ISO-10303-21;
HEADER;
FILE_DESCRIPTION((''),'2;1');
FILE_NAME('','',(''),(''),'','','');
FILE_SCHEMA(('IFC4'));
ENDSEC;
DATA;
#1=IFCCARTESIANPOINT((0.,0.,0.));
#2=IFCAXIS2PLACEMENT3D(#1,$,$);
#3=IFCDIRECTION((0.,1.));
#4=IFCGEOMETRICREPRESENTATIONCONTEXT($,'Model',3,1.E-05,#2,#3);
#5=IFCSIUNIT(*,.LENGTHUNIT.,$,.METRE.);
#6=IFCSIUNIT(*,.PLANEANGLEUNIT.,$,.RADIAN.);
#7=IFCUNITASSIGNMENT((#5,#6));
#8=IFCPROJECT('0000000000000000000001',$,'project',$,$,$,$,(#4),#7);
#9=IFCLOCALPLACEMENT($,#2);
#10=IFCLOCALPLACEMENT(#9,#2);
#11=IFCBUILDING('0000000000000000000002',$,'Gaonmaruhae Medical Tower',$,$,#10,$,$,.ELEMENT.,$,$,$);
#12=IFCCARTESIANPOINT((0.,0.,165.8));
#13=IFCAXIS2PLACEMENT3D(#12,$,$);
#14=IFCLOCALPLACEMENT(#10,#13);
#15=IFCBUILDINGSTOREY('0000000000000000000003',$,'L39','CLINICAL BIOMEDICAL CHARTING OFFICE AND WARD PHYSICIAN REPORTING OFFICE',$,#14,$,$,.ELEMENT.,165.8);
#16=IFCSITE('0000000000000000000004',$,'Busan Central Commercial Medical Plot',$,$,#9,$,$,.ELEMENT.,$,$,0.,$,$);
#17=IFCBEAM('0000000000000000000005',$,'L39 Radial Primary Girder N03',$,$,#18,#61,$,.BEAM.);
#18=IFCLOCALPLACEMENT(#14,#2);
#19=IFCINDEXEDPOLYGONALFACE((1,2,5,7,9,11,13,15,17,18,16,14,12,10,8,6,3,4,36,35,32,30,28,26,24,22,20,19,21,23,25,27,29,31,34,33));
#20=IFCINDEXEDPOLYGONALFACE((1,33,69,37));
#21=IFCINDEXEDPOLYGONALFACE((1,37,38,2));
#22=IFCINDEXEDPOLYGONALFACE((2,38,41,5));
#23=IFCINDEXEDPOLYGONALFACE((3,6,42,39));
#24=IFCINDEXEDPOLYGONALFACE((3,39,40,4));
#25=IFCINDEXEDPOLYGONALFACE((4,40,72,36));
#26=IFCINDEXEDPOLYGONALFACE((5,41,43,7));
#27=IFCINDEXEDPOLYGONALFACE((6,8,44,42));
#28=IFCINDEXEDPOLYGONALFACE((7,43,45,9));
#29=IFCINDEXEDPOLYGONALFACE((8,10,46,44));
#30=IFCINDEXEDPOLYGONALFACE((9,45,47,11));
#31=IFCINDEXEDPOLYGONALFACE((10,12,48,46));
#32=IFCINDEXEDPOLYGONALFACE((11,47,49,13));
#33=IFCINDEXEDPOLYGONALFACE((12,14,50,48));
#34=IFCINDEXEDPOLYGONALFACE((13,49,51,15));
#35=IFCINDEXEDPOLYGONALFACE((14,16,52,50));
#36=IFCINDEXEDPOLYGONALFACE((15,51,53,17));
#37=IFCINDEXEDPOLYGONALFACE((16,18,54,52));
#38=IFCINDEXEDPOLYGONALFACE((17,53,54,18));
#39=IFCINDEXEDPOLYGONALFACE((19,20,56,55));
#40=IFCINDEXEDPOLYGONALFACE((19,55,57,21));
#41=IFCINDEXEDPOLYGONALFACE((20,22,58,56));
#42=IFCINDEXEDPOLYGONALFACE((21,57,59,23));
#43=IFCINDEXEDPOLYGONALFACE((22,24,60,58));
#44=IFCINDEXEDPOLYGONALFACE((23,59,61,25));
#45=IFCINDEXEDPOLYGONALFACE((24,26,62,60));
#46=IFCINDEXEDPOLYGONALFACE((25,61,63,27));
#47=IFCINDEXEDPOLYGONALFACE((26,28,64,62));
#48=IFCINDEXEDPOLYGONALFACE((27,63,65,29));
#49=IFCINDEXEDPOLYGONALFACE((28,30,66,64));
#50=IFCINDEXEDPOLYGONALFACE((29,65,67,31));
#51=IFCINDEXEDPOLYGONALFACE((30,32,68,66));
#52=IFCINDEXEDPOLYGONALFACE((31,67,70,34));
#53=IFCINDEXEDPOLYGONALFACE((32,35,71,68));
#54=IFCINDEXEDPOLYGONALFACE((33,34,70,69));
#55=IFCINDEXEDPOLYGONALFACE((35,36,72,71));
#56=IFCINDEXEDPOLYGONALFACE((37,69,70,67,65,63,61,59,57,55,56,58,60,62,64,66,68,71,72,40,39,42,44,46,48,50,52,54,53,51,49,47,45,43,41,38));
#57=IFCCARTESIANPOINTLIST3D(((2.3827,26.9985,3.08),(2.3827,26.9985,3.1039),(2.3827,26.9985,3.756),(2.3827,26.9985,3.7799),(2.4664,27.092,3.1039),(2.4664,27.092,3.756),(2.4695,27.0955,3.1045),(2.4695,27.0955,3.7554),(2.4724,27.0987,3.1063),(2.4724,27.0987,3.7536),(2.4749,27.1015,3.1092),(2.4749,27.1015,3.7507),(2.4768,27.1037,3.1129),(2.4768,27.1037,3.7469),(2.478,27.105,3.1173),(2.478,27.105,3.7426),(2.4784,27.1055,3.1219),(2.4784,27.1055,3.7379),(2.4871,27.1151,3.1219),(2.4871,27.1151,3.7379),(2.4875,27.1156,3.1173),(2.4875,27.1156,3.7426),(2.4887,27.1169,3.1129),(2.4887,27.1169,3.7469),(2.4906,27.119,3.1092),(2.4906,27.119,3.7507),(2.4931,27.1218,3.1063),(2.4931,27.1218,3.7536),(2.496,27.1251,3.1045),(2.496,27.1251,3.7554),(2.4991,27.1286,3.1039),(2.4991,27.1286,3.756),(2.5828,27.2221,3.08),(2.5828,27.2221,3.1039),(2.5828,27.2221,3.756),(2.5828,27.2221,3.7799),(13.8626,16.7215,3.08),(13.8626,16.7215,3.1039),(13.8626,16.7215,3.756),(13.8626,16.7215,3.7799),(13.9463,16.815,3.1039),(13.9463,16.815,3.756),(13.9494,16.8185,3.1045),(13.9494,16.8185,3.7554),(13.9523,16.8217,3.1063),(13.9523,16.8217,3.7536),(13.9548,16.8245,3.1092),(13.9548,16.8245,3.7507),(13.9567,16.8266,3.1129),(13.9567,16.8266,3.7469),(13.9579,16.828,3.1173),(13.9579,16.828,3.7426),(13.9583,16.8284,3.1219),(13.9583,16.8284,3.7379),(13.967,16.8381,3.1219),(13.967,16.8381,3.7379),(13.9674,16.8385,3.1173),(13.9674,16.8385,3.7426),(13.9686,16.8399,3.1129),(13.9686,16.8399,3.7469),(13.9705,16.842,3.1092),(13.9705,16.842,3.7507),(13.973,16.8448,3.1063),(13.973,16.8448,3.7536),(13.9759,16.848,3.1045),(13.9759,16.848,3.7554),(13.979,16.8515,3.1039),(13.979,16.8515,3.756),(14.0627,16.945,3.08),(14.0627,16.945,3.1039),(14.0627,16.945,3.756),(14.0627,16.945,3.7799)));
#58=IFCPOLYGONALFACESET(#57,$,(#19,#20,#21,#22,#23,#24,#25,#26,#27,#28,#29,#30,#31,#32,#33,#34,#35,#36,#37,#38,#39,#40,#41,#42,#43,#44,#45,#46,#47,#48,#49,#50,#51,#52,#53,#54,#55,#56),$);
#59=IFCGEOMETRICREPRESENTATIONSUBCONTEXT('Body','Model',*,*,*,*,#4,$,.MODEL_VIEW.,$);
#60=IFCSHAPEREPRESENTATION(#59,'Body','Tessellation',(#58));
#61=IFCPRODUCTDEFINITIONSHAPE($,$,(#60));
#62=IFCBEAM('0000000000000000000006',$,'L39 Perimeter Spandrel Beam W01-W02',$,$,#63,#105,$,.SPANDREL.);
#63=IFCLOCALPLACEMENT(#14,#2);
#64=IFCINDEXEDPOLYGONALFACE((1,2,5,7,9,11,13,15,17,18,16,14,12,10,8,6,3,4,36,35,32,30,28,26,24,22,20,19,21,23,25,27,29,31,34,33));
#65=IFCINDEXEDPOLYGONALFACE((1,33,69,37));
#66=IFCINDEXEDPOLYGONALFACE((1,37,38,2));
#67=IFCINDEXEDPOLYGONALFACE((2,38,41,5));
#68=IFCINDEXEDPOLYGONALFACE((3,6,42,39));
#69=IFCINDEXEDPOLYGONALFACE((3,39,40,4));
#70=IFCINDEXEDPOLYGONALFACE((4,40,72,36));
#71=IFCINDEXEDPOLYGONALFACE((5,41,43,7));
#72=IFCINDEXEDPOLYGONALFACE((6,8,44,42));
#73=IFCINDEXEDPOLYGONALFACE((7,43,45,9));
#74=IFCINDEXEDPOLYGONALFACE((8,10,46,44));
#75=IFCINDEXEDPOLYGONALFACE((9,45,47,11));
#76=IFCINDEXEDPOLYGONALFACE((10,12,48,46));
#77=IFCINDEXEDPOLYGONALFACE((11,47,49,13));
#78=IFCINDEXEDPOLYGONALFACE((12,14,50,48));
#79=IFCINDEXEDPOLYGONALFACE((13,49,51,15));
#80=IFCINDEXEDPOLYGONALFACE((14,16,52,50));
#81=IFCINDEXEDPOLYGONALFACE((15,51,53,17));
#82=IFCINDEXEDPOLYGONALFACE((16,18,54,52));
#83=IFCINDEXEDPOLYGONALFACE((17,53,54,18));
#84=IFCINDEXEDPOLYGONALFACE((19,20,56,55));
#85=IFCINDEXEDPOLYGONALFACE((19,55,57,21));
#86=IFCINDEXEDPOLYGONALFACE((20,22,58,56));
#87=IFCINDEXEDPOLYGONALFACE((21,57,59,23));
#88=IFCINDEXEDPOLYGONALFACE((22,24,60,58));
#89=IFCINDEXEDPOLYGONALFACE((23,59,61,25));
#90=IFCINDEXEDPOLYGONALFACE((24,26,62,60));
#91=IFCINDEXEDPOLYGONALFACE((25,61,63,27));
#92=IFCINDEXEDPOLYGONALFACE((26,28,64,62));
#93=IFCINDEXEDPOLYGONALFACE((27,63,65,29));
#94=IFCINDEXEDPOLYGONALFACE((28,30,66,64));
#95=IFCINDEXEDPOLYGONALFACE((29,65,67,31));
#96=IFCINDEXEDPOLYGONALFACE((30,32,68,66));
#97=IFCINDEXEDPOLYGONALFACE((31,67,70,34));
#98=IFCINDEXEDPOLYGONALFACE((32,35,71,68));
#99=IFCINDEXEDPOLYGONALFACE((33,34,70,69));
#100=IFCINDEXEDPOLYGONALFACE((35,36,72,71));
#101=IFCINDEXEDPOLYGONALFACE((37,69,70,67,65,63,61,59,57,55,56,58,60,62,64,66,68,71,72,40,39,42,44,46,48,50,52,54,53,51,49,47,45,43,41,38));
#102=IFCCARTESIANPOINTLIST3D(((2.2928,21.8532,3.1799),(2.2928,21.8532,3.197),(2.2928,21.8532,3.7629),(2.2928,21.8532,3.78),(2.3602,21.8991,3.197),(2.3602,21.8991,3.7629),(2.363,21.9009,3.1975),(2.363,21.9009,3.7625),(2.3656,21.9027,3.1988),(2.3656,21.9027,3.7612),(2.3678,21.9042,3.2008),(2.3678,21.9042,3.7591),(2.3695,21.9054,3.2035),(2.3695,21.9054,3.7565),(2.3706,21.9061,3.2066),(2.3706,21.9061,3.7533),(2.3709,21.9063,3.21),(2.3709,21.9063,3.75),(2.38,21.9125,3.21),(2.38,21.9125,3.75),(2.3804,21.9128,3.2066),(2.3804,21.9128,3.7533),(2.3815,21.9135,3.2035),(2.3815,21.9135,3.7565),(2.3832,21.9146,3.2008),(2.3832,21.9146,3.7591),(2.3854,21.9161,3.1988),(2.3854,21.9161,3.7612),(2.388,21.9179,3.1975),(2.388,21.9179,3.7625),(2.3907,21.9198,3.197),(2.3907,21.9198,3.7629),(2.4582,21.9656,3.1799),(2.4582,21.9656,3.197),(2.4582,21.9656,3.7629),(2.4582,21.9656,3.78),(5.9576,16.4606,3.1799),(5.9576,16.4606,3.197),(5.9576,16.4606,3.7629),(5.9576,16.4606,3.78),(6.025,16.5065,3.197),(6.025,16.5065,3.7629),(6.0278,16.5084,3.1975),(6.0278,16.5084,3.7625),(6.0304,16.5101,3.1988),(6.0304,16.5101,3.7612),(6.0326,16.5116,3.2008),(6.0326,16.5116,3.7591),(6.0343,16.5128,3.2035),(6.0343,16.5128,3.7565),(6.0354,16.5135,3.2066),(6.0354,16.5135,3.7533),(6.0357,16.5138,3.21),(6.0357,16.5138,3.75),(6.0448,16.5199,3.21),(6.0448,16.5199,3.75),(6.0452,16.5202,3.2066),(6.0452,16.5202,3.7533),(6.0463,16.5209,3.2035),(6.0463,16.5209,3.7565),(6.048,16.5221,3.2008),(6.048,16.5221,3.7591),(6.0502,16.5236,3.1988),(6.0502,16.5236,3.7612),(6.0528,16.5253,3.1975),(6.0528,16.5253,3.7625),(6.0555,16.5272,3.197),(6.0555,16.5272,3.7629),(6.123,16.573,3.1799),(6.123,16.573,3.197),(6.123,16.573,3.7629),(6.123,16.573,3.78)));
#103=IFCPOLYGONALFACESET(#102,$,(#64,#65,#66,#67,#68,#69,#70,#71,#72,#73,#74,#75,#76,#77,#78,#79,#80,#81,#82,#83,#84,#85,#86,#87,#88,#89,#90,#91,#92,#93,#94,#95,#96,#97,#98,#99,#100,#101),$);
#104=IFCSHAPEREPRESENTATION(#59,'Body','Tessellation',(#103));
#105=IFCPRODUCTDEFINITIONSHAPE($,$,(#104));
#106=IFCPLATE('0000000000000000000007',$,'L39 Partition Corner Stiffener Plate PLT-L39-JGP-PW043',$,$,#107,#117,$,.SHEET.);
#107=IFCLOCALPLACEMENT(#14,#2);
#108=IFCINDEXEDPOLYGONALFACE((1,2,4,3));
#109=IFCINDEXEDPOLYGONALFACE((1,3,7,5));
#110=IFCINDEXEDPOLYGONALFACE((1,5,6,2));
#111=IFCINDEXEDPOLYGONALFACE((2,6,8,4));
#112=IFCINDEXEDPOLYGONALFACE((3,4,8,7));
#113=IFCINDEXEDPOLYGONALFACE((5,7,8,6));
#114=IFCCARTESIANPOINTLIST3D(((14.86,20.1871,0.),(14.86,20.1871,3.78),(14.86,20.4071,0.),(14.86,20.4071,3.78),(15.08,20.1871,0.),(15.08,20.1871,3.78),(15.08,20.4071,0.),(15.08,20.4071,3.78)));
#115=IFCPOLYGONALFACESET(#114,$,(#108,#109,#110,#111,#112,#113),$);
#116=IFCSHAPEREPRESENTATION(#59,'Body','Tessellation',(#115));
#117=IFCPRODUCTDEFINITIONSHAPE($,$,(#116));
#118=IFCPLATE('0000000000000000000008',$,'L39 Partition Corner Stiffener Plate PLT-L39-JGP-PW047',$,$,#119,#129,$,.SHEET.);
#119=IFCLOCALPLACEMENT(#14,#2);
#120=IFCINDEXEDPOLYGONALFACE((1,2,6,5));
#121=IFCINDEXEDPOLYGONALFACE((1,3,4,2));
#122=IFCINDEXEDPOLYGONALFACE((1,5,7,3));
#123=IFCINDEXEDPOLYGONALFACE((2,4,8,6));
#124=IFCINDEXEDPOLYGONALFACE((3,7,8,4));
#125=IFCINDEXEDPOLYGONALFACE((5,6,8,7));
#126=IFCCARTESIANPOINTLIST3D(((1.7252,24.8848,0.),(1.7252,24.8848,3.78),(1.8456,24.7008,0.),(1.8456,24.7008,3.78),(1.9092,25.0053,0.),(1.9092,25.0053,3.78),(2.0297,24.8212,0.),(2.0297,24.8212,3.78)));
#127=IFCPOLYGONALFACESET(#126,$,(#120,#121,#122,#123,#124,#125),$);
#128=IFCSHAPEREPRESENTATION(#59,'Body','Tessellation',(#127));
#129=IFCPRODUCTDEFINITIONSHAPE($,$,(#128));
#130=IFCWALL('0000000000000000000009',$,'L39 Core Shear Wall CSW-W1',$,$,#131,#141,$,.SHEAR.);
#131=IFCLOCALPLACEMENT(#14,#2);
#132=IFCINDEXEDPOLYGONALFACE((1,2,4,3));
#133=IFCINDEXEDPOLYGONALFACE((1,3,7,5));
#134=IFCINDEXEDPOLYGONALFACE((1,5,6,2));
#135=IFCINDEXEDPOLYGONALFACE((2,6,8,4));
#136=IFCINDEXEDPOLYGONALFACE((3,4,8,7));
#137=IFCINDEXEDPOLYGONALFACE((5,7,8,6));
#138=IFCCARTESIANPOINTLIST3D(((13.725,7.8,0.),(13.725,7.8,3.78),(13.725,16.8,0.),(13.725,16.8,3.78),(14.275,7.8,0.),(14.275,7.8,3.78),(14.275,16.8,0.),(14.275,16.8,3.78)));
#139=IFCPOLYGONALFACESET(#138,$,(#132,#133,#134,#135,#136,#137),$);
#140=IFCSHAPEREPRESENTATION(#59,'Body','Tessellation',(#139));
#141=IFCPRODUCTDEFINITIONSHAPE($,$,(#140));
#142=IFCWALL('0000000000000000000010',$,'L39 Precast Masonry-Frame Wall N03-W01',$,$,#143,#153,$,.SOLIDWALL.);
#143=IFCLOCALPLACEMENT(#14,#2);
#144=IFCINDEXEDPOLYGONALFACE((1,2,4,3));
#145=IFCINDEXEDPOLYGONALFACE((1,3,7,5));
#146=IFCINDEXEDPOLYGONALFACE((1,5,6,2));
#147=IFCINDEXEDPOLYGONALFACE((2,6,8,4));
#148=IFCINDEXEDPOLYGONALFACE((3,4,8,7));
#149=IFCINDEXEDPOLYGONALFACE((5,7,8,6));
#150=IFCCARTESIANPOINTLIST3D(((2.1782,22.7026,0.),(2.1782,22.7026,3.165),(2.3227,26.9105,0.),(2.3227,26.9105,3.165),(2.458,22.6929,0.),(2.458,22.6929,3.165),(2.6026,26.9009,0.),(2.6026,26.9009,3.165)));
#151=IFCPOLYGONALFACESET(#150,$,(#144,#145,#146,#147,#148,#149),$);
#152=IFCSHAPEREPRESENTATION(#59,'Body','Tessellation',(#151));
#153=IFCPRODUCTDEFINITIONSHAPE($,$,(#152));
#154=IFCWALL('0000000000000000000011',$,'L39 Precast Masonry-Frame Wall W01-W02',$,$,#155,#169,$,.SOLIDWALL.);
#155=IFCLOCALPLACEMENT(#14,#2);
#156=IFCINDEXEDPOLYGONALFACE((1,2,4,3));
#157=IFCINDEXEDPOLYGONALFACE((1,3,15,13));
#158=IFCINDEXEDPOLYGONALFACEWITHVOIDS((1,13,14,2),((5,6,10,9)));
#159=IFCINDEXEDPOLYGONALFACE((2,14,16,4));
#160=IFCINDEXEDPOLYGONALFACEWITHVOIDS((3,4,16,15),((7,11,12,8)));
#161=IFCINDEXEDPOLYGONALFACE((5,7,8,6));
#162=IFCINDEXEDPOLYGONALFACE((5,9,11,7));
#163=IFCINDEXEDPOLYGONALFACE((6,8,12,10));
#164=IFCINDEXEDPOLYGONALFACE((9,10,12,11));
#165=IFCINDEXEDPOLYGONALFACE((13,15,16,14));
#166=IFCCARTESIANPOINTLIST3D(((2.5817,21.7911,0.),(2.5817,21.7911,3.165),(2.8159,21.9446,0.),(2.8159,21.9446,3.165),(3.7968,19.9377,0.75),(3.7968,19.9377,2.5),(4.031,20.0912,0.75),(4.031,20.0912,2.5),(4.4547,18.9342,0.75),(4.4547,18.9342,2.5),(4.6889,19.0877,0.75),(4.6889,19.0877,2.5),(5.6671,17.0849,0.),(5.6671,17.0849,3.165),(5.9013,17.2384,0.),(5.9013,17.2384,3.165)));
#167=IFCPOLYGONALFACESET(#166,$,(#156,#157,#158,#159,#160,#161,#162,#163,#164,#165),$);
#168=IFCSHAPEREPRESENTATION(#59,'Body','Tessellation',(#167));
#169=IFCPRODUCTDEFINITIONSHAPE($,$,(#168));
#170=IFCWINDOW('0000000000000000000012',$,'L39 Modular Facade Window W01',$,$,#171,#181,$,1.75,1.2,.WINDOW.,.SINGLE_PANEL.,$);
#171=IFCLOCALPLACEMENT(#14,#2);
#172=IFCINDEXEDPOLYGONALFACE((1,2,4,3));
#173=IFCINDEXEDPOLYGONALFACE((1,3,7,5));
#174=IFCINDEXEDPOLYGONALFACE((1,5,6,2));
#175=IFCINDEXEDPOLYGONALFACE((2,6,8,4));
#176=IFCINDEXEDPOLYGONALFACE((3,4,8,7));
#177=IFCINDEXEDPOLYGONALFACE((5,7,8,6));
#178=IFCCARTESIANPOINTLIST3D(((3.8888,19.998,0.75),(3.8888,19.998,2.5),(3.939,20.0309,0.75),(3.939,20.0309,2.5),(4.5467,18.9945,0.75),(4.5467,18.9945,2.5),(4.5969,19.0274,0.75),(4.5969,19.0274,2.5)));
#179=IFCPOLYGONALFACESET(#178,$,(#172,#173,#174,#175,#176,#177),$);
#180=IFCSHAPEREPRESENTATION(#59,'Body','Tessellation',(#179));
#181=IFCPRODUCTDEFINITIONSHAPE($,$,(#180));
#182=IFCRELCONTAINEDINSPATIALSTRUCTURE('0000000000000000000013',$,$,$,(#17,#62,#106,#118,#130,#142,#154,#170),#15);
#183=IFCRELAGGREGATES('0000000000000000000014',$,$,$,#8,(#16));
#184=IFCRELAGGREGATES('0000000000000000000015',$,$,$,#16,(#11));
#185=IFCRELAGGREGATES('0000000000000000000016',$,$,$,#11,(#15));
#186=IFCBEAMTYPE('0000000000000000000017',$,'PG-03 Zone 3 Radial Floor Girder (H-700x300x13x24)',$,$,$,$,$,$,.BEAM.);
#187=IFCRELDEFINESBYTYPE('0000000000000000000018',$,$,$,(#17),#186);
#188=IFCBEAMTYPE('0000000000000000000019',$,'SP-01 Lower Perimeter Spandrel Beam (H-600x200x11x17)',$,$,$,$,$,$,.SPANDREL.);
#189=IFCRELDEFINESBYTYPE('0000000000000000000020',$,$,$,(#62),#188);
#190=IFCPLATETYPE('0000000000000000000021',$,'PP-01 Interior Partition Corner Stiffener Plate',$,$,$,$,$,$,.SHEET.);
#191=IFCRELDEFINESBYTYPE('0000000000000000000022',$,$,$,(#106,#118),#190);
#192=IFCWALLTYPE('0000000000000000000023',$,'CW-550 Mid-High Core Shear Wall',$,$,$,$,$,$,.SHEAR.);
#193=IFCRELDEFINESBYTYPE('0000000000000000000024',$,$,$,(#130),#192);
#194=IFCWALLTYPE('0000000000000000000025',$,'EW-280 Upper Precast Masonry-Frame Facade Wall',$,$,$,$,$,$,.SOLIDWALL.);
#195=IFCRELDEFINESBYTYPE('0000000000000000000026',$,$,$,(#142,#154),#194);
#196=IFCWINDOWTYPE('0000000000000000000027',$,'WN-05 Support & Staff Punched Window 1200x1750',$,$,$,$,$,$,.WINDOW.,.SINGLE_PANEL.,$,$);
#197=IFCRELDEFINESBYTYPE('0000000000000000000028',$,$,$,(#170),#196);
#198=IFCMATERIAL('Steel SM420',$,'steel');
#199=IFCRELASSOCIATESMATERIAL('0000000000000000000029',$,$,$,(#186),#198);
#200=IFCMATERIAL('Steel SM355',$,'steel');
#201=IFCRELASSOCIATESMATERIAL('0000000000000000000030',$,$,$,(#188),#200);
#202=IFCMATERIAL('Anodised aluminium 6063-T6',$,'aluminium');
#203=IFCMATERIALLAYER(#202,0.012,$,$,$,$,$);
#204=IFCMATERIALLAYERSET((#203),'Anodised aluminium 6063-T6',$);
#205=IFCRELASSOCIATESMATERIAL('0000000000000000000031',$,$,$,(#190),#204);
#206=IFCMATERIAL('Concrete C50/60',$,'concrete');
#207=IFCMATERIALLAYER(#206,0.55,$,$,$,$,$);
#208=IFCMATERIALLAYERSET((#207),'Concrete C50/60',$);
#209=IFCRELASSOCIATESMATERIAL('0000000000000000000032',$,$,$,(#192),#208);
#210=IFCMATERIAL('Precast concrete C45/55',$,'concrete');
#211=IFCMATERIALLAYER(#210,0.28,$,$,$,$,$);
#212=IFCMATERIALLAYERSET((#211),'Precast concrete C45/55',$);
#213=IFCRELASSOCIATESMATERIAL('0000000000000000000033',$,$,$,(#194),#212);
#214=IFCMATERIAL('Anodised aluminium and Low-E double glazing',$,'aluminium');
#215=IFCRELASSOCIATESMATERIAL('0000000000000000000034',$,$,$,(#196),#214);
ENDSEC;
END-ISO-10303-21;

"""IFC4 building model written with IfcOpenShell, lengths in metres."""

from ifc_helpers import new_model, si_unit, direction, frame, frame_2d, origin, origin_2d, place, context, subcontext, project, spatial, rectangle, i_section, extrude, material, layer, layer_set, material_profile, profile_set, type_object, element, fill, save


model = new_model("IFC4")

# Units and contexts
model_context = context("Model", 3, precision=1e-05, world=origin(), true_north=direction((0.0, 1.0)))
body_context = subcontext(model_context, "Body", "Model", "MODEL_VIEW")
ifc_project = project(units=[si_unit("LENGTHUNIT", "METRE"), si_unit("PLANEANGLEUNIT", "RADIAN")], contexts=[model_context])

# Site, building, storey
site_placement = place(None, origin())
site = spatial("IfcSite", under=ifc_project, at=site_placement, Name="Busan Central Commercial Medical Plot", CompositionType="ELEMENT", RefElevation=0.0)
building_placement = place(site_placement, origin())
building = spatial("IfcBuilding", under=site, at=building_placement, Name="Gaonmaruhae Medical Tower", CompositionType="ELEMENT")
storey_placement = place(building_placement, frame((0.0, 0.0, 165.8)))
storey = spatial("IfcBuildingStorey", under=building, at=storey_placement, Name="L39", Description="CLINICAL BIOMEDICAL CHARTING OFFICE AND WARD PHYSICIAN REPORTING OFFICE", CompositionType="ELEMENT", Elevation=165.8)

# Beams
ifc_material_1 = material(Name="Steel SM355", Category="steel")
ifc_material_2 = material(Name="Steel SM420", Category="steel")
ifc_material_profile_1 = material_profile(ifc_material_2, i_section(OverallWidth=0.3, OverallDepth=0.7, WebThickness=0.0129, FlangeThickness=0.0239, FilletRadius=0.0181, at=origin_2d()), Name="H-700x300x13x24")
ifc_profile_set_1 = profile_set([ifc_material_profile_1], Name="Steel SM420")
beam_type_1 = type_object("IfcBeamType", Name="PG-03 Zone 3 Radial Floor Girder (H-700x300x13x24)", PredefinedType="BEAM", material=ifc_profile_set_1)
beam_1_placement = place(storey_placement, frame((13.9626, 16.8333, 3.4299), z_axis=(-0.745063, 0.666994, 0.0), x_axis=(-0.666994, -0.745063, 0.0)))
element("IfcBeam", 1, at=beam_1_placement, inside=storey, type_object=beam_type_1, Name="L39 Radial Primary Girder N03", PredefinedType="BEAM", context=body_context, shape_type="SweptSolid", body=[
    extrude(i_section(OverallWidth=0.3, OverallDepth=0.7, WebThickness=0.0129, FlangeThickness=0.0239, FilletRadius=0.0181, at=origin_2d()), origin(), (0.0, 0.0, 1.0), 15.408),
])
ifc_material_profile_2 = material_profile(ifc_material_1, i_section(OverallWidth=0.2, OverallDepth=0.6001, WebThickness=0.011, FlangeThickness=0.0171, FilletRadius=0.0129, at=origin_2d()), Name="H-600x200x11x17")
ifc_profile_set_2 = profile_set([ifc_material_profile_2], Name="Steel SM355")
beam_type_2 = type_object("IfcBeamType", Name="SP-01 Lower Perimeter Spandrel Beam (H-600x200x11x17)", PredefinedType="SPANDREL", material=ifc_profile_set_2)
beam_2_placement = place(storey_placement, frame((2.3755, 21.9094, 3.48), z_axis=(0.562084, -0.82708, 0.0), x_axis=(0.82708, 0.562084, 0.0)))
element("IfcBeam", 2, at=beam_2_placement, inside=storey, type_object=beam_type_2, Name="L39 Perimeter Spandrel Beam W01-W02", PredefinedType="SPANDREL", context=body_context, shape_type="SweptSolid", body=[
    extrude(i_section(OverallWidth=0.2, OverallDepth=0.6001, WebThickness=0.011, FlangeThickness=0.0171, FilletRadius=0.0129, at=origin_2d()), origin(), (0.0, 0.0, 1.0), 6.52),
])

# Plates
ifc_material_3 = material(Name="Anodised aluminium 6063-T6", Category="aluminium")
ifc_layer_1 = layer(ifc_material_3, 0.012)
ifc_layer_set_1 = layer_set([ifc_layer_1], Name="Anodised aluminium 6063-T6")
plate_type = type_object("IfcPlateType", Name="PP-01 Interior Partition Corner Stiffener Plate", PredefinedType="SHEET", material=ifc_layer_set_1)
for number, where, z_axis, x_axis, name in (
    (3, (14.97, 20.2971, 0.0), (0.0, 0.0, 1.0), (0.0, -1.0, 0.0), "L39 Partition Corner Stiffener Plate PLT-L39-JGP-PW043"),
    (4, (1.8774, 24.853, 0.0), (0.0, 0.0, 1.0), (-0.547563, 0.836764, 0.0), "L39 Partition Corner Stiffener Plate PLT-L39-JGP-PW047"),
):
    element("IfcPlate", number, at=place(storey_placement, frame(where, z_axis=z_axis, x_axis=x_axis)), inside=storey, type_object=plate_type, Name=name, PredefinedType="SHEET", context=body_context, shape_type="SweptSolid", body=[
        extrude(rectangle(XDim=0.22, YDim=0.22, at=origin_2d()), origin(), (0.0, 0.0, 1.0), 3.78),
    ])

# Walls
ifc_material_4 = material(Name="Concrete C50/60", Category="concrete")
ifc_layer_2 = layer(ifc_material_4, 0.55)
ifc_layer_set_2 = layer_set([ifc_layer_2], Name="Concrete C50/60")
wall_type_1 = type_object("IfcWallType", Name="CW-550 Mid-High Core Shear Wall", PredefinedType="SHEAR", material=ifc_layer_set_2)
wall_1_placement = place(storey_placement, frame((14.0, 16.8, 0.0), z_axis=(0.0, 0.0, 1.0), x_axis=(0.0, -1.0, 0.0)))
element("IfcWall", 5, at=wall_1_placement, inside=storey, type_object=wall_type_1, Name="L39 Core Shear Wall CSW-W1", PredefinedType="SHEAR", context=body_context, shape_type="SweptSolid", body=[
    extrude(rectangle(XDim=9.0, YDim=0.55, at=frame_2d((4.5, 0.0))), origin(), (0.0, 0.0, 1.0), 3.78),
])
ifc_material_5 = material(Name="Precast concrete C45/55", Category="concrete")
ifc_layer_3 = layer(ifc_material_5, 0.28)
ifc_layer_set_3 = layer_set([ifc_layer_3], Name="Precast concrete C45/55")
wall_type_2 = type_object("IfcWallType", Name="EW-280 Upper Precast Masonry-Frame Facade Wall", PredefinedType="SOLIDWALL", material=ifc_layer_set_3)
wall_2_placement = place(storey_placement, frame((2.3181, 22.6978, 0.0), z_axis=(0.0, 0.0, 1.0), x_axis=(0.034326, 0.999411, 0.0)))
element("IfcWall", 6, at=wall_2_placement, inside=storey, type_object=wall_type_2, Name="L39 Precast Masonry-Frame Wall N03-W01", PredefinedType="SOLIDWALL", context=body_context, shape_type="SweptSolid", body=[
    extrude(rectangle(XDim=4.2104, YDim=0.28, at=frame_2d((2.1052, 0.0))), origin(), (0.0, 0.0, 1.0), 3.165),
])

# Wall, opening, window
wall_3_placement = place(storey_placement, frame((5.7842, 17.1616, 0.0), z_axis=(0.0, 0.0, 1.0), x_axis=(-0.548276, 0.836297, 0.0)))
wall_3 = element("IfcWall", 7, at=wall_3_placement, inside=storey, type_object=wall_type_2, Name="L39 Precast Masonry-Frame Wall W01-W02", PredefinedType="SOLIDWALL", context=body_context, shape_type="SweptSolid", body=[
    extrude(rectangle(XDim=5.6274, YDim=0.28, at=frame_2d((2.8137, 0.0))), origin(), (0.0, 0.0, 1.0), 3.165),
])
opening_placement = place(wall_3_placement, frame((2.2112, 0.0, 0.75)))
opening = element("IfcOpeningElement", 8, at=opening_placement, cuts=wall_3, PredefinedType="OPENING", context=body_context, shape_type="SweptSolid", body=[
    extrude(rectangle(XDim=1.2, YDim=1.75, at=frame_2d((0.6001, 0.875))), frame((0.0, 0.1499, 0.0), z_axis=(0.0, -1.0, 0.0), x_axis=(1.0, 0.0, 0.0)), (0.0, 0.0, 1.0), 0.3),
])
ifc_material_6 = material(Name="Anodised aluminium and Low-E double glazing", Category="aluminium")
window_type = type_object("IfcWindowType", Name="WN-05 Support & Staff Punched Window 1200x1750", PartitioningType="SINGLE_PANEL", PredefinedType="WINDOW", material=ifc_material_6)
window_placement = place(opening_placement, origin())
window = element("IfcWindow", 9, at=window_placement, inside=storey, type_object=window_type, Name="L39 Modular Facade Window W01", OverallHeight=1.75, OverallWidth=1.2, PartitioningType="SINGLE_PANEL", PredefinedType="WINDOW", context=body_context, shape_type="SweptSolid", body=[
    extrude(rectangle(XDim=1.2, YDim=1.75, at=frame_2d((0.6001, 0.875))), frame((0.0, 0.03, 0.0), z_axis=(0.0, -1.0, 0.0), x_axis=(1.0, 0.0, 0.0)), (0.0, 0.0, 1.0), 0.0601),
])
fill(opening, window)

save(model, "model.ifc")
